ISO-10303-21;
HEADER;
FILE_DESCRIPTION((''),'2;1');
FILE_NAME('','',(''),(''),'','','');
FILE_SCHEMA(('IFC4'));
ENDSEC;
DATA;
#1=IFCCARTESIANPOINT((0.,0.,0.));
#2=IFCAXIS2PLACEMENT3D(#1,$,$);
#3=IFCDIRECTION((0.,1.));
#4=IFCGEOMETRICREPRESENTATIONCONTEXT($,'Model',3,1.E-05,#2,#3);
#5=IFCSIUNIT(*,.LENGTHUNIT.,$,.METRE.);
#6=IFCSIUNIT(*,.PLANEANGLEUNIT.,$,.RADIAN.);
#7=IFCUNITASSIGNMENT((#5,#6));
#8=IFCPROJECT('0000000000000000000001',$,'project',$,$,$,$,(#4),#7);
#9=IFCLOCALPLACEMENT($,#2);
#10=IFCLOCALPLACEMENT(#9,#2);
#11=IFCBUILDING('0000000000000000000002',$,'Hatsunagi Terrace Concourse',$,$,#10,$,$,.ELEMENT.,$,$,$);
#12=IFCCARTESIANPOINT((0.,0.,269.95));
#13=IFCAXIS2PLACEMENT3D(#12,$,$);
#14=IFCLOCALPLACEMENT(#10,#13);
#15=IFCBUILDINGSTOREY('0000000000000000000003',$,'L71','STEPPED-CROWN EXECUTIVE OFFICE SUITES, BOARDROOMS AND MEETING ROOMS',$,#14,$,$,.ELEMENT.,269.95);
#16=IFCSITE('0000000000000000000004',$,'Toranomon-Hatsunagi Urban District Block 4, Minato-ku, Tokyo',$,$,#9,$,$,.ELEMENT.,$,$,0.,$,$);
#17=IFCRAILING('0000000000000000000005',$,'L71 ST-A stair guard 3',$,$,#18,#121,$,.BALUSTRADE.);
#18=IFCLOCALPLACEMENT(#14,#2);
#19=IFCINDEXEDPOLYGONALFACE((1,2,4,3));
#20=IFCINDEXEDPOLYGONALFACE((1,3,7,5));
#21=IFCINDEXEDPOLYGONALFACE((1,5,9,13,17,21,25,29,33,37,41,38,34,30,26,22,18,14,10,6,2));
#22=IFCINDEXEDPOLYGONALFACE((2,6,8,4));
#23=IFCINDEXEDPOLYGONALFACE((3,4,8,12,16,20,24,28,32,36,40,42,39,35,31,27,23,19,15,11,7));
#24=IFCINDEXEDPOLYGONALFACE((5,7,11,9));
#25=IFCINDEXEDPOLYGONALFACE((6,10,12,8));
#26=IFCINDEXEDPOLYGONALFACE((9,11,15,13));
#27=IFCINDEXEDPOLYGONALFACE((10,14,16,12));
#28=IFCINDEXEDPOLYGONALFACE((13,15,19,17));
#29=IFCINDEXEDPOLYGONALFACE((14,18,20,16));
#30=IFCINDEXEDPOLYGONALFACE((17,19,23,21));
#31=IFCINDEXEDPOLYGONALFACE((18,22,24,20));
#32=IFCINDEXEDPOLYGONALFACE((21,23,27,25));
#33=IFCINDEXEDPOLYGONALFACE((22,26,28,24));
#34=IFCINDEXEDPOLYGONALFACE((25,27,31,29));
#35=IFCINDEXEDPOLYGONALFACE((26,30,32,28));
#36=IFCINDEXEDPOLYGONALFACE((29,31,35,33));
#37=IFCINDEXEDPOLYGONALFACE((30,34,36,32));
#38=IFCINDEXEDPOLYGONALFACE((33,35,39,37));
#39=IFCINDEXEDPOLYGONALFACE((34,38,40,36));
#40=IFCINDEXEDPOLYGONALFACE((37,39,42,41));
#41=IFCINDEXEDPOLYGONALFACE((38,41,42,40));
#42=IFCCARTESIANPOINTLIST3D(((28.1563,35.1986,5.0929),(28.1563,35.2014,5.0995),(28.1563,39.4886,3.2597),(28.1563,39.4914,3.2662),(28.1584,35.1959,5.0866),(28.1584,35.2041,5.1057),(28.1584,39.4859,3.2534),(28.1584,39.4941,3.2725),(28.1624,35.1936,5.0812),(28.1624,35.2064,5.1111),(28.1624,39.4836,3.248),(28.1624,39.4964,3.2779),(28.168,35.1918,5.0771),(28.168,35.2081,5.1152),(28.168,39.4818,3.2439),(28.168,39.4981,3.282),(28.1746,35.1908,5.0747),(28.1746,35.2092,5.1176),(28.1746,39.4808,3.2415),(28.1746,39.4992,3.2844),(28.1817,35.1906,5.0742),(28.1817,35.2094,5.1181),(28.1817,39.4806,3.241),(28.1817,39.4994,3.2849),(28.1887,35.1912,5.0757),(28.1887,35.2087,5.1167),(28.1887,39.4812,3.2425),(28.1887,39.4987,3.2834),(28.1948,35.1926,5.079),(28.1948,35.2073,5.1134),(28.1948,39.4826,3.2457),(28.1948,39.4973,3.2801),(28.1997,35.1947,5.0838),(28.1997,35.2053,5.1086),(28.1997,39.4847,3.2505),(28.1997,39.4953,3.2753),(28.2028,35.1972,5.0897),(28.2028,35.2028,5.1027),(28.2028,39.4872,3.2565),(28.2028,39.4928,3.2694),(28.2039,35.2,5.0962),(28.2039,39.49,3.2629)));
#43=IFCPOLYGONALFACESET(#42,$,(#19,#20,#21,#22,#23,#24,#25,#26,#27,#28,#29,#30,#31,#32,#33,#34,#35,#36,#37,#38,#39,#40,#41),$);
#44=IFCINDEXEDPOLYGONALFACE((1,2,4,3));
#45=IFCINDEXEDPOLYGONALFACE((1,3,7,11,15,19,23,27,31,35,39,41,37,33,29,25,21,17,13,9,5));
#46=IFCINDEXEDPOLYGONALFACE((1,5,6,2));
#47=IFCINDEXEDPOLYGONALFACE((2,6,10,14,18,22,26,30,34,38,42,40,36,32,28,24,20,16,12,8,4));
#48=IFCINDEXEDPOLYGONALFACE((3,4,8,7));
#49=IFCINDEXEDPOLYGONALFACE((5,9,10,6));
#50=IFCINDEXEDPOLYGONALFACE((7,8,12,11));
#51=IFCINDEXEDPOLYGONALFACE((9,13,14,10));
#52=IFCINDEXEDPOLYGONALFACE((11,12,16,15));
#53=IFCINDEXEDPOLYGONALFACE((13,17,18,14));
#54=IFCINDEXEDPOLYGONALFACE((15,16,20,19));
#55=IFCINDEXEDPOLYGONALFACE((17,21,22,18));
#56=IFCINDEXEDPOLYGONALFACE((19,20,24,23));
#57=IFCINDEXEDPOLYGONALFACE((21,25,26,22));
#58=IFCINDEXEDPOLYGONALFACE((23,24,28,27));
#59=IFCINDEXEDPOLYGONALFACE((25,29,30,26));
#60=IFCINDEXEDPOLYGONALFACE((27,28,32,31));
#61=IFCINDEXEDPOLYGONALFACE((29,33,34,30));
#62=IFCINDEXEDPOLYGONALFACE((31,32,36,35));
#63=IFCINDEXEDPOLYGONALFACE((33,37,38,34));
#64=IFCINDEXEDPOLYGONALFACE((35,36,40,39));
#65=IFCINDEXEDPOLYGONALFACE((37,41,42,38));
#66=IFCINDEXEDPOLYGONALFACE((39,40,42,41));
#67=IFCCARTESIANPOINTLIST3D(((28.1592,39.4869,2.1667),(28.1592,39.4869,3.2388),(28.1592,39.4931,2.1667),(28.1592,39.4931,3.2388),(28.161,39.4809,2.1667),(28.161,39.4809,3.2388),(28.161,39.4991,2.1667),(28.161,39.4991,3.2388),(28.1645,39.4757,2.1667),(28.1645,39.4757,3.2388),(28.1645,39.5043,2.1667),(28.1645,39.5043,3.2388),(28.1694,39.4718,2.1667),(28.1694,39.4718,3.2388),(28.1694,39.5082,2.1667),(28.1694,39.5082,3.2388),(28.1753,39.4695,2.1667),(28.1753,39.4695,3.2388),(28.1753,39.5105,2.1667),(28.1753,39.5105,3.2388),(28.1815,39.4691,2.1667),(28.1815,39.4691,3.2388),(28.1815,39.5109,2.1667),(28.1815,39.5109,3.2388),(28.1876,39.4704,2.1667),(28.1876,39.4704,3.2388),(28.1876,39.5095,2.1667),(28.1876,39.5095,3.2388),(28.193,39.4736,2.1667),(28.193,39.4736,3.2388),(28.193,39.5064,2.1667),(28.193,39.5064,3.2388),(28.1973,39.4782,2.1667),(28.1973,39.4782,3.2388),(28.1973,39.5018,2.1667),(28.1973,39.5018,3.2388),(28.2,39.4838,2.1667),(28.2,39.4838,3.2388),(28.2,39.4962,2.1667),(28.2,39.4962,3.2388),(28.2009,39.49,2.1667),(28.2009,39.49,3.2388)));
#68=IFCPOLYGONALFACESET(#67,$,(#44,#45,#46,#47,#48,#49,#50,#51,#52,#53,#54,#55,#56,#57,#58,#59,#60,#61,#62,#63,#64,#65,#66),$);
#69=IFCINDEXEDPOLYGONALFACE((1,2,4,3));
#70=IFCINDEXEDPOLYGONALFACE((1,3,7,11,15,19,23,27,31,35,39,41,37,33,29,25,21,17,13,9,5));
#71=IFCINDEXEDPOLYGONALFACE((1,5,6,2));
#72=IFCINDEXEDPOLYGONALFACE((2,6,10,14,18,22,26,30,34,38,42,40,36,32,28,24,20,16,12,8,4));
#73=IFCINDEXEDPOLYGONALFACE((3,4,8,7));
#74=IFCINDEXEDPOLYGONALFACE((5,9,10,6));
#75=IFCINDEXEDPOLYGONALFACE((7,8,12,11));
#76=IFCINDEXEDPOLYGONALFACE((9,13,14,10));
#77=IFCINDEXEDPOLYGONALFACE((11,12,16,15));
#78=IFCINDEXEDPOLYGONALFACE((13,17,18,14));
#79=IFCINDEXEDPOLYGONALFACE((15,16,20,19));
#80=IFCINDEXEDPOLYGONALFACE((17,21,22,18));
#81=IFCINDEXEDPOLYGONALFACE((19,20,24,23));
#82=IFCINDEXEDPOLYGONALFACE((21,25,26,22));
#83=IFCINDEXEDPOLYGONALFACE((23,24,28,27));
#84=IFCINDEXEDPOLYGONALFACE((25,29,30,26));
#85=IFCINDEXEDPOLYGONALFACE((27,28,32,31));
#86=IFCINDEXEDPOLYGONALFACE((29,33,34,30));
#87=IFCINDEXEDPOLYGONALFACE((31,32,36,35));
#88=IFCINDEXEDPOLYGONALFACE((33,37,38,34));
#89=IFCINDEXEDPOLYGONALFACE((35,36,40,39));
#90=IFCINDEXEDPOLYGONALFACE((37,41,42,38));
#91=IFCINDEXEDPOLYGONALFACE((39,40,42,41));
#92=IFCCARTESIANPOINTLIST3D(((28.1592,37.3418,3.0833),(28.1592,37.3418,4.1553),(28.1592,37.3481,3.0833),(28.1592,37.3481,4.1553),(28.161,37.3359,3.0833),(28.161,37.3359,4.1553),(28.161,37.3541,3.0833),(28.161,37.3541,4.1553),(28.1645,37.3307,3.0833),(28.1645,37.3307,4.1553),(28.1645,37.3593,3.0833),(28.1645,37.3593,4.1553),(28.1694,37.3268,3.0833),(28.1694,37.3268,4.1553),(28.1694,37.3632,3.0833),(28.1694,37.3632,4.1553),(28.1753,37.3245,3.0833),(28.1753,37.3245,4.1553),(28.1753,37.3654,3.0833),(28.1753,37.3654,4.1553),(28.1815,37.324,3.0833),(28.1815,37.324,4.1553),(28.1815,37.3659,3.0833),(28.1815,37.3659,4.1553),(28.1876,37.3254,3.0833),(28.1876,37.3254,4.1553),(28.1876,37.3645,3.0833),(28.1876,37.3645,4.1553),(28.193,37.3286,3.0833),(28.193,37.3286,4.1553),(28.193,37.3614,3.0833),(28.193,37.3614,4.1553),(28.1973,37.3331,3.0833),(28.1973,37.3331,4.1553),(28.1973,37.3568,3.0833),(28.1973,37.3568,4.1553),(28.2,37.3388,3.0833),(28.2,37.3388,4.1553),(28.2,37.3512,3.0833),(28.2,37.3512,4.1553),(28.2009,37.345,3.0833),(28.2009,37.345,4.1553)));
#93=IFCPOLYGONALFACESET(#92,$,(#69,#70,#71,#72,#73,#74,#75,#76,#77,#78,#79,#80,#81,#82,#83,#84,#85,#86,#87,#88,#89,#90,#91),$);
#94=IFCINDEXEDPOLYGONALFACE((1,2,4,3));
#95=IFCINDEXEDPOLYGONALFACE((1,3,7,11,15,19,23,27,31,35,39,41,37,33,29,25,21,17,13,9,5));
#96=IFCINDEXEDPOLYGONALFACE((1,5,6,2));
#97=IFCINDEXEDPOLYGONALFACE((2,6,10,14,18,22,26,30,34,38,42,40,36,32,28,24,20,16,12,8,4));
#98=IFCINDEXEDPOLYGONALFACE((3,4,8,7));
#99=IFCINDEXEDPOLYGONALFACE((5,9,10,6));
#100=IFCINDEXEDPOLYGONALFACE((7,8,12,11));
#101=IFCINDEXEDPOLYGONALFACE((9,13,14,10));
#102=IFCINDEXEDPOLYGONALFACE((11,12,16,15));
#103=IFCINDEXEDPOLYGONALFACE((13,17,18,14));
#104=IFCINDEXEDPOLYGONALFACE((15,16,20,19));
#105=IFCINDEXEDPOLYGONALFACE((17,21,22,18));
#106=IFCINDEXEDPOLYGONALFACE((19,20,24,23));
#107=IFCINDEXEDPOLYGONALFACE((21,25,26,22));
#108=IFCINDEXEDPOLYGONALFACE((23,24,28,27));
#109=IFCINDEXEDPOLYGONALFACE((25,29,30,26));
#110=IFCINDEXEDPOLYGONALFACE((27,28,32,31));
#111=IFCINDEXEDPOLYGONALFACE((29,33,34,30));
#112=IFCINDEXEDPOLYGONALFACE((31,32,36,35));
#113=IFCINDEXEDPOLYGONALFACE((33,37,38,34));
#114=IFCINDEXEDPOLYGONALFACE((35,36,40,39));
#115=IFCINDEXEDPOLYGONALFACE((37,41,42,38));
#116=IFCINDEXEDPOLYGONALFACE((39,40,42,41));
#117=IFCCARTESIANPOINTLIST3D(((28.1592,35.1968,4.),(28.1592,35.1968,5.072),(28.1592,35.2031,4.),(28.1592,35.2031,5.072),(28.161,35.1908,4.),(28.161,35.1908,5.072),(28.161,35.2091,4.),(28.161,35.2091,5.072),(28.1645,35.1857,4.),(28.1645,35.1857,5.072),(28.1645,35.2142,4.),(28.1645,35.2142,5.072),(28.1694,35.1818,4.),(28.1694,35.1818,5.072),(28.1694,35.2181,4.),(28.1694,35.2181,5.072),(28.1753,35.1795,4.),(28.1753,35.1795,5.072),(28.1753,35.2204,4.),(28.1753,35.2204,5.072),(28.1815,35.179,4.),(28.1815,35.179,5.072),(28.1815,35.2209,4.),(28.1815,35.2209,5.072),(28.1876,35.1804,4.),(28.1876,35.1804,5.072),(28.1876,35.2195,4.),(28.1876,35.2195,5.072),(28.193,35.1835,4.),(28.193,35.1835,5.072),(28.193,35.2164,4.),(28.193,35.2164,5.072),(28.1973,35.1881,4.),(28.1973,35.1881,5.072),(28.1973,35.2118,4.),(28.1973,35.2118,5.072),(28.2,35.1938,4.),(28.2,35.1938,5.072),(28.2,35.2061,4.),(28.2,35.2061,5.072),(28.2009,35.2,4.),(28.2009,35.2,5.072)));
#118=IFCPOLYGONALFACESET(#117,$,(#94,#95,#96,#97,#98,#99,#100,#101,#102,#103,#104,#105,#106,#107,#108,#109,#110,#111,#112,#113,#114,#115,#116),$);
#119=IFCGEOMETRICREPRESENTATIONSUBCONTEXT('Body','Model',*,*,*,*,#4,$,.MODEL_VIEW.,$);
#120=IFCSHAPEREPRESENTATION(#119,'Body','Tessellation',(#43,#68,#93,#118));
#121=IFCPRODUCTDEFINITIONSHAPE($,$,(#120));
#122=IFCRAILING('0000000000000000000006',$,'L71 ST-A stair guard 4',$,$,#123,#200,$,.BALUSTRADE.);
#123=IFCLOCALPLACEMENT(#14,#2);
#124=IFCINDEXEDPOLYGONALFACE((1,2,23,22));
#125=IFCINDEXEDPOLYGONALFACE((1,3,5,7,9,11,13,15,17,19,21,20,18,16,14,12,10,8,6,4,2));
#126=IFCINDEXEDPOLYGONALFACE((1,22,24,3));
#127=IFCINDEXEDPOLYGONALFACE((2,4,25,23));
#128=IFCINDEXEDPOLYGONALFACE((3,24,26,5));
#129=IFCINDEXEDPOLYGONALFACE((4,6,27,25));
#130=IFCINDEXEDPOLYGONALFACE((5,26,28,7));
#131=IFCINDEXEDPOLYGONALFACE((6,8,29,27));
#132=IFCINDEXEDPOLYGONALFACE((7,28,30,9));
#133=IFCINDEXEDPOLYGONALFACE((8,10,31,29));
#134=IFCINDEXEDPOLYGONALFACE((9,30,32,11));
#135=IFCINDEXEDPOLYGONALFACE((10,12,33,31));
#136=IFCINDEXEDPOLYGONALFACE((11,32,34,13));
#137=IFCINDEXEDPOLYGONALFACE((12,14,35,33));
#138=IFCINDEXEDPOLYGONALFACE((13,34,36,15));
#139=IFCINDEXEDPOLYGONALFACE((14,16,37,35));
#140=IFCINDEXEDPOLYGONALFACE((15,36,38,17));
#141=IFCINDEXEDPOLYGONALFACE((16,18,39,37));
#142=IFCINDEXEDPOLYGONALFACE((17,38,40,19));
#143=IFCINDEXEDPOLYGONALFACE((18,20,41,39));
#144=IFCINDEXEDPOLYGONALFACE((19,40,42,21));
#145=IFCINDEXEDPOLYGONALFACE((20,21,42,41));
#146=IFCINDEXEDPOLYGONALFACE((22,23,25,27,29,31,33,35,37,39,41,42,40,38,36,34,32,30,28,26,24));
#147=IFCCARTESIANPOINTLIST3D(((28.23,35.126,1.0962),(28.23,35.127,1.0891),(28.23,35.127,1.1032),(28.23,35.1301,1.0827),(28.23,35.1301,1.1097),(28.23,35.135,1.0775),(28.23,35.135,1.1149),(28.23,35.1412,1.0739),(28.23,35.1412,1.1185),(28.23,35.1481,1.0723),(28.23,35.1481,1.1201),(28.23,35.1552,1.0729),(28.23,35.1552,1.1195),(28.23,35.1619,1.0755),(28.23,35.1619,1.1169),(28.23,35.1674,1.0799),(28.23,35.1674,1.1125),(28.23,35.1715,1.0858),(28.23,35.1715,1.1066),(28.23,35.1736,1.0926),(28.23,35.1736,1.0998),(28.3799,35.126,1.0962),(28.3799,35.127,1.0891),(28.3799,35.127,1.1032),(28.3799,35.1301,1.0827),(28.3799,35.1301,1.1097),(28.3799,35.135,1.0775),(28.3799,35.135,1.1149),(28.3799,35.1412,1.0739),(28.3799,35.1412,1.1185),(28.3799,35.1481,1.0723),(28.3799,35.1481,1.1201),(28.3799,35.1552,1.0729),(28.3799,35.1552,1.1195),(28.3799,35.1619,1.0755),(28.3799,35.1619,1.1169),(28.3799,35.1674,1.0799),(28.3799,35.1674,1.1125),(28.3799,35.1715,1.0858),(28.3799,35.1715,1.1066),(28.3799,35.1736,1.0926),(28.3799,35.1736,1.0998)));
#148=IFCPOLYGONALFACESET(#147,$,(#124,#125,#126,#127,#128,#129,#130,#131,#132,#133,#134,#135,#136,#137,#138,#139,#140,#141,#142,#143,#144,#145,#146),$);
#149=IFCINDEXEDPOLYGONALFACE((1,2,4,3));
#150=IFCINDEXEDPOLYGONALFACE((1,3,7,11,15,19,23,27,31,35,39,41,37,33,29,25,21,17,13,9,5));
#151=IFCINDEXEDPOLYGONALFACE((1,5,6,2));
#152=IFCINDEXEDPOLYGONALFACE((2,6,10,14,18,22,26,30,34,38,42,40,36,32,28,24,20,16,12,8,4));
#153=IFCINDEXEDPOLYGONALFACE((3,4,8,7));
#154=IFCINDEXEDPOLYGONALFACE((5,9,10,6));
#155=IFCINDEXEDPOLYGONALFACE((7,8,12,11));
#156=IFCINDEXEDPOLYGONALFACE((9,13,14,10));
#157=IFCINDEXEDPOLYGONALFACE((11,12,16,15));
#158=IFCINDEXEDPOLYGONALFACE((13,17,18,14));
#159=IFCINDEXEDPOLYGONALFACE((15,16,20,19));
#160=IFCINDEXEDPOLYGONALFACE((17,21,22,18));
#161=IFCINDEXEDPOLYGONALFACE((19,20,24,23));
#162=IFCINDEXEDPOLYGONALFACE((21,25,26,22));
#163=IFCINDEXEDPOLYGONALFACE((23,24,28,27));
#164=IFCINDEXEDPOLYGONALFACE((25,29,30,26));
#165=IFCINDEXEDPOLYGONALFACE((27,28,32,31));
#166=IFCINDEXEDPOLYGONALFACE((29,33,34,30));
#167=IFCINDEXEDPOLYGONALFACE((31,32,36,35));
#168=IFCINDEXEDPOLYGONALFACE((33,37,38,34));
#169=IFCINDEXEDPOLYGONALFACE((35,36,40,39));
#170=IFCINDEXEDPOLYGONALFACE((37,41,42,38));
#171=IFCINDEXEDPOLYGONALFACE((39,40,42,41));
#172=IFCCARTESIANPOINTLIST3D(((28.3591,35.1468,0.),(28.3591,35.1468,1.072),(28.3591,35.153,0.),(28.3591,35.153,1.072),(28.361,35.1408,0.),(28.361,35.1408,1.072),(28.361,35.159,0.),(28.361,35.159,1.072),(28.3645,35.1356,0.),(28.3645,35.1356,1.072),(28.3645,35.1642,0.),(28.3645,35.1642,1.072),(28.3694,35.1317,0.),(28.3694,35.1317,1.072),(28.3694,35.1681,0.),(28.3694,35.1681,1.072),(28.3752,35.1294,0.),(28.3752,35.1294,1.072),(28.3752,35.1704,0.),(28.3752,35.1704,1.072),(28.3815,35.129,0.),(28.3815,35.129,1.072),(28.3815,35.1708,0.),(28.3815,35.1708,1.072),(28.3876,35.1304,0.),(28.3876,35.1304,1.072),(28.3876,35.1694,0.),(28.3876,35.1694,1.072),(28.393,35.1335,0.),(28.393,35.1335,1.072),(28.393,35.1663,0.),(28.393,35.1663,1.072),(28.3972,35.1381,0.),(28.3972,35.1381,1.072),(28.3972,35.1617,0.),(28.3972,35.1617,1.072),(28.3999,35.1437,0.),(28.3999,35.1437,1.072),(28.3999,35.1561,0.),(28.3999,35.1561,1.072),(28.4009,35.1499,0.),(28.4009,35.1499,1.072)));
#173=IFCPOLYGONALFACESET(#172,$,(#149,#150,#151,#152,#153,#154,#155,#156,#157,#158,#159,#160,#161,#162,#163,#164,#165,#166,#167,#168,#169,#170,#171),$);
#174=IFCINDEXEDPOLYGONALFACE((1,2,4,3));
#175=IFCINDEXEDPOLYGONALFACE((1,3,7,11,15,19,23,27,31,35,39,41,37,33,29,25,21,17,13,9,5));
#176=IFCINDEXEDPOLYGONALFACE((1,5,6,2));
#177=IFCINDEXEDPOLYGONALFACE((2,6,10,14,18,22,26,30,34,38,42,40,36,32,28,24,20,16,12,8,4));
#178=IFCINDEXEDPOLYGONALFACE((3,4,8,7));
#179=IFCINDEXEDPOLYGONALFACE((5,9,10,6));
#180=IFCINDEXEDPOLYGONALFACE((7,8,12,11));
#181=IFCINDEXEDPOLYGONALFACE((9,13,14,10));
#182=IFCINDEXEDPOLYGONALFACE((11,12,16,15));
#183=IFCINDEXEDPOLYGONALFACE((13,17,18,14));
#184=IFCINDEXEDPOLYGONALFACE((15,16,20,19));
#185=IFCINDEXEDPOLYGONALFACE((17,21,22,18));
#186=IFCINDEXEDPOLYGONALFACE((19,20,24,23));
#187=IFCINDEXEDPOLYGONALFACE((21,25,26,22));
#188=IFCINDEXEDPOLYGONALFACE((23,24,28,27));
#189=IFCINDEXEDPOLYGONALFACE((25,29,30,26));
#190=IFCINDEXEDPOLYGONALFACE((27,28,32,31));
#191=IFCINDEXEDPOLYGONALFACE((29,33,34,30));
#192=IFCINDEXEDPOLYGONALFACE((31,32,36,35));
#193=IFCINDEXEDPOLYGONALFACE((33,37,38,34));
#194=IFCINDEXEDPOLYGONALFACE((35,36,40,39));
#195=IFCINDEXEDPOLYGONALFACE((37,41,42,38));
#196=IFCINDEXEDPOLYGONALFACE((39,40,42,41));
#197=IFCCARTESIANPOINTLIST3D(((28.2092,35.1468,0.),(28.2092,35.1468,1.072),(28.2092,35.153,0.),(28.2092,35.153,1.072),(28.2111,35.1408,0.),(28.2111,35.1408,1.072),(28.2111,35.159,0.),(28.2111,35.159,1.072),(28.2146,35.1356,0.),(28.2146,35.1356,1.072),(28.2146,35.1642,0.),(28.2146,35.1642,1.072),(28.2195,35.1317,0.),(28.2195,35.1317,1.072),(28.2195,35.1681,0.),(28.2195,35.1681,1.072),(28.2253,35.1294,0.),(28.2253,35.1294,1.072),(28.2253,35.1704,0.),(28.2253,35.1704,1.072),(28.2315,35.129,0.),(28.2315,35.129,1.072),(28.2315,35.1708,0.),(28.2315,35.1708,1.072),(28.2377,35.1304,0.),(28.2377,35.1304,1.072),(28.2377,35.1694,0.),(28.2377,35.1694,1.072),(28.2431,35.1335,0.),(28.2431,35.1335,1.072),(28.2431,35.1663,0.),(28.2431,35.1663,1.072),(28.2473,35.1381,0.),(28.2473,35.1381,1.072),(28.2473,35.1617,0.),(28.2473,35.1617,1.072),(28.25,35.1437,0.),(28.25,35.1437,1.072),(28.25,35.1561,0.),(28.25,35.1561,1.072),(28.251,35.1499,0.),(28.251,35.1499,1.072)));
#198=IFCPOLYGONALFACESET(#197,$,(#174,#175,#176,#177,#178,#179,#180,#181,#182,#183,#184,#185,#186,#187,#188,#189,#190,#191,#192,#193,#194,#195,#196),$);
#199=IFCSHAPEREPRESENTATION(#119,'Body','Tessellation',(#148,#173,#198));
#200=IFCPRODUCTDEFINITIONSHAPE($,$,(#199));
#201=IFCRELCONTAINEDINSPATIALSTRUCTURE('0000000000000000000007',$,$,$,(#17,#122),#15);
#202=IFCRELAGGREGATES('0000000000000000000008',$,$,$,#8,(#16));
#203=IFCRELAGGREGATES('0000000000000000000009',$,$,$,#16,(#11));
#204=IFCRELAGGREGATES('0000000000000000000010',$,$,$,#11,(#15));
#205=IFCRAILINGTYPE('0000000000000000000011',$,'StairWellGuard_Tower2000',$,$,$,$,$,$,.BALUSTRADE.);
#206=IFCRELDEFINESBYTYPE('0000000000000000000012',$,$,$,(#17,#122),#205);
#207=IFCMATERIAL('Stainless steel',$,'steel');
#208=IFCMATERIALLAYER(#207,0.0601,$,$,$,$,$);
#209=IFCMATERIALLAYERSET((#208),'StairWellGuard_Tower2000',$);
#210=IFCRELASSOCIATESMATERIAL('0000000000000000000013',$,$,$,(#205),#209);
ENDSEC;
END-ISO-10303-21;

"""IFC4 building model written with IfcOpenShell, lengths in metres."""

from ifc_helpers import new_model, si_unit, direction, frame, origin, origin_2d, place, context, subcontext, project, spatial, circle, extrude, material, layer, layer_set, type_object, element, save


model = new_model("IFC4")

# Units and contexts
model_context = context("Model", 3, precision=1e-05, world=origin(), true_north=direction((0.0, 1.0)))
body_context = subcontext(model_context, "Body", "Model", "MODEL_VIEW")
ifc_project = project(units=[si_unit("LENGTHUNIT", "METRE"), si_unit("PLANEANGLEUNIT", "RADIAN")], contexts=[model_context])

# Site, building, storey
site_placement = place(None, origin())
site = spatial("IfcSite", under=ifc_project, at=site_placement, Name="Toranomon-Hatsunagi Urban District Block 4, Minato-ku, Tokyo", CompositionType="ELEMENT", RefElevation=0.0)
building_placement = place(site_placement, origin())
building = spatial("IfcBuilding", under=site, at=building_placement, Name="Hatsunagi Terrace Concourse", CompositionType="ELEMENT")
storey_placement = place(building_placement, frame((0.0, 0.0, 269.95)))
storey = spatial("IfcBuildingStorey", under=building, at=storey_placement, Name="L71", Description="STEPPED-CROWN EXECUTIVE OFFICE SUITES, BOARDROOMS AND MEETING ROOMS", CompositionType="ELEMENT", Elevation=269.95)

# Railings
ifc_material_1 = material(Name="Stainless steel", Category="steel")
ifc_layer_1 = layer(ifc_material_1, 0.0601)
ifc_layer_set_1 = layer_set([ifc_layer_1], Name="StairWellGuard_Tower2000")
railing_type_1 = type_object("IfcRailingType", Name="StairWellGuard_Tower2000", PredefinedType="BALUSTRADE", material=ifc_layer_set_1)
railing_1_placement = place(storey_placement, frame((28.1799, 39.49, 2.1667)))
element("IfcRailing", 1, at=railing_1_placement, inside=storey, type_object=railing_type_1, Name="L71 ST-A stair guard 3", PredefinedType="BALUSTRADE", context=body_context, shape_type="SweptSolid", body=[
    extrude(circle(Radius=0.0239, at=origin_2d()), frame((0.0, 0.0, 1.0962), z_axis=(0.0, -0.919559, 0.392953), x_axis=(1.0, 0.0, 0.0)), (0.0, 0.0, 1.0), 4.6653),
    extrude(circle(Radius=0.021, at=origin_2d()), origin(), (0.0, 0.0, 1.0), 1.072),
    extrude(circle(Radius=0.021, at=origin_2d()), frame((0.0, -2.145, 0.9165)), (0.0, 0.0, 1.0), 1.072),
    extrude(circle(Radius=0.021, at=origin_2d()), frame((0.0, -4.29, 1.8333)), (0.0, 0.0, 1.0), 1.072),
])
railing_2_placement = place(storey_placement, frame((28.3799, 35.1499, 0.0)))
element("IfcRailing", 2, at=railing_2_placement, inside=storey, type_object=railing_type_1, Name="L71 ST-A stair guard 4", PredefinedType="BALUSTRADE", context=body_context, shape_type="SweptSolid", body=[
    extrude(circle(Radius=0.0239, at=origin_2d()), frame((0.0, 0.0, 1.0962), z_axis=(-1.0, 0.0, 0.0), x_axis=(0.0, -1.0, 0.0)), (0.0, 0.0, 1.0), 0.1499),
    extrude(circle(Radius=0.021, at=origin_2d()), origin(), (0.0, 0.0, 1.0), 1.072),
    extrude(circle(Radius=0.021, at=origin_2d()), frame((-0.1499, 0.0, 0.0)), (0.0, 0.0, 1.0), 1.072),
])

save(model, "model.ifc")
